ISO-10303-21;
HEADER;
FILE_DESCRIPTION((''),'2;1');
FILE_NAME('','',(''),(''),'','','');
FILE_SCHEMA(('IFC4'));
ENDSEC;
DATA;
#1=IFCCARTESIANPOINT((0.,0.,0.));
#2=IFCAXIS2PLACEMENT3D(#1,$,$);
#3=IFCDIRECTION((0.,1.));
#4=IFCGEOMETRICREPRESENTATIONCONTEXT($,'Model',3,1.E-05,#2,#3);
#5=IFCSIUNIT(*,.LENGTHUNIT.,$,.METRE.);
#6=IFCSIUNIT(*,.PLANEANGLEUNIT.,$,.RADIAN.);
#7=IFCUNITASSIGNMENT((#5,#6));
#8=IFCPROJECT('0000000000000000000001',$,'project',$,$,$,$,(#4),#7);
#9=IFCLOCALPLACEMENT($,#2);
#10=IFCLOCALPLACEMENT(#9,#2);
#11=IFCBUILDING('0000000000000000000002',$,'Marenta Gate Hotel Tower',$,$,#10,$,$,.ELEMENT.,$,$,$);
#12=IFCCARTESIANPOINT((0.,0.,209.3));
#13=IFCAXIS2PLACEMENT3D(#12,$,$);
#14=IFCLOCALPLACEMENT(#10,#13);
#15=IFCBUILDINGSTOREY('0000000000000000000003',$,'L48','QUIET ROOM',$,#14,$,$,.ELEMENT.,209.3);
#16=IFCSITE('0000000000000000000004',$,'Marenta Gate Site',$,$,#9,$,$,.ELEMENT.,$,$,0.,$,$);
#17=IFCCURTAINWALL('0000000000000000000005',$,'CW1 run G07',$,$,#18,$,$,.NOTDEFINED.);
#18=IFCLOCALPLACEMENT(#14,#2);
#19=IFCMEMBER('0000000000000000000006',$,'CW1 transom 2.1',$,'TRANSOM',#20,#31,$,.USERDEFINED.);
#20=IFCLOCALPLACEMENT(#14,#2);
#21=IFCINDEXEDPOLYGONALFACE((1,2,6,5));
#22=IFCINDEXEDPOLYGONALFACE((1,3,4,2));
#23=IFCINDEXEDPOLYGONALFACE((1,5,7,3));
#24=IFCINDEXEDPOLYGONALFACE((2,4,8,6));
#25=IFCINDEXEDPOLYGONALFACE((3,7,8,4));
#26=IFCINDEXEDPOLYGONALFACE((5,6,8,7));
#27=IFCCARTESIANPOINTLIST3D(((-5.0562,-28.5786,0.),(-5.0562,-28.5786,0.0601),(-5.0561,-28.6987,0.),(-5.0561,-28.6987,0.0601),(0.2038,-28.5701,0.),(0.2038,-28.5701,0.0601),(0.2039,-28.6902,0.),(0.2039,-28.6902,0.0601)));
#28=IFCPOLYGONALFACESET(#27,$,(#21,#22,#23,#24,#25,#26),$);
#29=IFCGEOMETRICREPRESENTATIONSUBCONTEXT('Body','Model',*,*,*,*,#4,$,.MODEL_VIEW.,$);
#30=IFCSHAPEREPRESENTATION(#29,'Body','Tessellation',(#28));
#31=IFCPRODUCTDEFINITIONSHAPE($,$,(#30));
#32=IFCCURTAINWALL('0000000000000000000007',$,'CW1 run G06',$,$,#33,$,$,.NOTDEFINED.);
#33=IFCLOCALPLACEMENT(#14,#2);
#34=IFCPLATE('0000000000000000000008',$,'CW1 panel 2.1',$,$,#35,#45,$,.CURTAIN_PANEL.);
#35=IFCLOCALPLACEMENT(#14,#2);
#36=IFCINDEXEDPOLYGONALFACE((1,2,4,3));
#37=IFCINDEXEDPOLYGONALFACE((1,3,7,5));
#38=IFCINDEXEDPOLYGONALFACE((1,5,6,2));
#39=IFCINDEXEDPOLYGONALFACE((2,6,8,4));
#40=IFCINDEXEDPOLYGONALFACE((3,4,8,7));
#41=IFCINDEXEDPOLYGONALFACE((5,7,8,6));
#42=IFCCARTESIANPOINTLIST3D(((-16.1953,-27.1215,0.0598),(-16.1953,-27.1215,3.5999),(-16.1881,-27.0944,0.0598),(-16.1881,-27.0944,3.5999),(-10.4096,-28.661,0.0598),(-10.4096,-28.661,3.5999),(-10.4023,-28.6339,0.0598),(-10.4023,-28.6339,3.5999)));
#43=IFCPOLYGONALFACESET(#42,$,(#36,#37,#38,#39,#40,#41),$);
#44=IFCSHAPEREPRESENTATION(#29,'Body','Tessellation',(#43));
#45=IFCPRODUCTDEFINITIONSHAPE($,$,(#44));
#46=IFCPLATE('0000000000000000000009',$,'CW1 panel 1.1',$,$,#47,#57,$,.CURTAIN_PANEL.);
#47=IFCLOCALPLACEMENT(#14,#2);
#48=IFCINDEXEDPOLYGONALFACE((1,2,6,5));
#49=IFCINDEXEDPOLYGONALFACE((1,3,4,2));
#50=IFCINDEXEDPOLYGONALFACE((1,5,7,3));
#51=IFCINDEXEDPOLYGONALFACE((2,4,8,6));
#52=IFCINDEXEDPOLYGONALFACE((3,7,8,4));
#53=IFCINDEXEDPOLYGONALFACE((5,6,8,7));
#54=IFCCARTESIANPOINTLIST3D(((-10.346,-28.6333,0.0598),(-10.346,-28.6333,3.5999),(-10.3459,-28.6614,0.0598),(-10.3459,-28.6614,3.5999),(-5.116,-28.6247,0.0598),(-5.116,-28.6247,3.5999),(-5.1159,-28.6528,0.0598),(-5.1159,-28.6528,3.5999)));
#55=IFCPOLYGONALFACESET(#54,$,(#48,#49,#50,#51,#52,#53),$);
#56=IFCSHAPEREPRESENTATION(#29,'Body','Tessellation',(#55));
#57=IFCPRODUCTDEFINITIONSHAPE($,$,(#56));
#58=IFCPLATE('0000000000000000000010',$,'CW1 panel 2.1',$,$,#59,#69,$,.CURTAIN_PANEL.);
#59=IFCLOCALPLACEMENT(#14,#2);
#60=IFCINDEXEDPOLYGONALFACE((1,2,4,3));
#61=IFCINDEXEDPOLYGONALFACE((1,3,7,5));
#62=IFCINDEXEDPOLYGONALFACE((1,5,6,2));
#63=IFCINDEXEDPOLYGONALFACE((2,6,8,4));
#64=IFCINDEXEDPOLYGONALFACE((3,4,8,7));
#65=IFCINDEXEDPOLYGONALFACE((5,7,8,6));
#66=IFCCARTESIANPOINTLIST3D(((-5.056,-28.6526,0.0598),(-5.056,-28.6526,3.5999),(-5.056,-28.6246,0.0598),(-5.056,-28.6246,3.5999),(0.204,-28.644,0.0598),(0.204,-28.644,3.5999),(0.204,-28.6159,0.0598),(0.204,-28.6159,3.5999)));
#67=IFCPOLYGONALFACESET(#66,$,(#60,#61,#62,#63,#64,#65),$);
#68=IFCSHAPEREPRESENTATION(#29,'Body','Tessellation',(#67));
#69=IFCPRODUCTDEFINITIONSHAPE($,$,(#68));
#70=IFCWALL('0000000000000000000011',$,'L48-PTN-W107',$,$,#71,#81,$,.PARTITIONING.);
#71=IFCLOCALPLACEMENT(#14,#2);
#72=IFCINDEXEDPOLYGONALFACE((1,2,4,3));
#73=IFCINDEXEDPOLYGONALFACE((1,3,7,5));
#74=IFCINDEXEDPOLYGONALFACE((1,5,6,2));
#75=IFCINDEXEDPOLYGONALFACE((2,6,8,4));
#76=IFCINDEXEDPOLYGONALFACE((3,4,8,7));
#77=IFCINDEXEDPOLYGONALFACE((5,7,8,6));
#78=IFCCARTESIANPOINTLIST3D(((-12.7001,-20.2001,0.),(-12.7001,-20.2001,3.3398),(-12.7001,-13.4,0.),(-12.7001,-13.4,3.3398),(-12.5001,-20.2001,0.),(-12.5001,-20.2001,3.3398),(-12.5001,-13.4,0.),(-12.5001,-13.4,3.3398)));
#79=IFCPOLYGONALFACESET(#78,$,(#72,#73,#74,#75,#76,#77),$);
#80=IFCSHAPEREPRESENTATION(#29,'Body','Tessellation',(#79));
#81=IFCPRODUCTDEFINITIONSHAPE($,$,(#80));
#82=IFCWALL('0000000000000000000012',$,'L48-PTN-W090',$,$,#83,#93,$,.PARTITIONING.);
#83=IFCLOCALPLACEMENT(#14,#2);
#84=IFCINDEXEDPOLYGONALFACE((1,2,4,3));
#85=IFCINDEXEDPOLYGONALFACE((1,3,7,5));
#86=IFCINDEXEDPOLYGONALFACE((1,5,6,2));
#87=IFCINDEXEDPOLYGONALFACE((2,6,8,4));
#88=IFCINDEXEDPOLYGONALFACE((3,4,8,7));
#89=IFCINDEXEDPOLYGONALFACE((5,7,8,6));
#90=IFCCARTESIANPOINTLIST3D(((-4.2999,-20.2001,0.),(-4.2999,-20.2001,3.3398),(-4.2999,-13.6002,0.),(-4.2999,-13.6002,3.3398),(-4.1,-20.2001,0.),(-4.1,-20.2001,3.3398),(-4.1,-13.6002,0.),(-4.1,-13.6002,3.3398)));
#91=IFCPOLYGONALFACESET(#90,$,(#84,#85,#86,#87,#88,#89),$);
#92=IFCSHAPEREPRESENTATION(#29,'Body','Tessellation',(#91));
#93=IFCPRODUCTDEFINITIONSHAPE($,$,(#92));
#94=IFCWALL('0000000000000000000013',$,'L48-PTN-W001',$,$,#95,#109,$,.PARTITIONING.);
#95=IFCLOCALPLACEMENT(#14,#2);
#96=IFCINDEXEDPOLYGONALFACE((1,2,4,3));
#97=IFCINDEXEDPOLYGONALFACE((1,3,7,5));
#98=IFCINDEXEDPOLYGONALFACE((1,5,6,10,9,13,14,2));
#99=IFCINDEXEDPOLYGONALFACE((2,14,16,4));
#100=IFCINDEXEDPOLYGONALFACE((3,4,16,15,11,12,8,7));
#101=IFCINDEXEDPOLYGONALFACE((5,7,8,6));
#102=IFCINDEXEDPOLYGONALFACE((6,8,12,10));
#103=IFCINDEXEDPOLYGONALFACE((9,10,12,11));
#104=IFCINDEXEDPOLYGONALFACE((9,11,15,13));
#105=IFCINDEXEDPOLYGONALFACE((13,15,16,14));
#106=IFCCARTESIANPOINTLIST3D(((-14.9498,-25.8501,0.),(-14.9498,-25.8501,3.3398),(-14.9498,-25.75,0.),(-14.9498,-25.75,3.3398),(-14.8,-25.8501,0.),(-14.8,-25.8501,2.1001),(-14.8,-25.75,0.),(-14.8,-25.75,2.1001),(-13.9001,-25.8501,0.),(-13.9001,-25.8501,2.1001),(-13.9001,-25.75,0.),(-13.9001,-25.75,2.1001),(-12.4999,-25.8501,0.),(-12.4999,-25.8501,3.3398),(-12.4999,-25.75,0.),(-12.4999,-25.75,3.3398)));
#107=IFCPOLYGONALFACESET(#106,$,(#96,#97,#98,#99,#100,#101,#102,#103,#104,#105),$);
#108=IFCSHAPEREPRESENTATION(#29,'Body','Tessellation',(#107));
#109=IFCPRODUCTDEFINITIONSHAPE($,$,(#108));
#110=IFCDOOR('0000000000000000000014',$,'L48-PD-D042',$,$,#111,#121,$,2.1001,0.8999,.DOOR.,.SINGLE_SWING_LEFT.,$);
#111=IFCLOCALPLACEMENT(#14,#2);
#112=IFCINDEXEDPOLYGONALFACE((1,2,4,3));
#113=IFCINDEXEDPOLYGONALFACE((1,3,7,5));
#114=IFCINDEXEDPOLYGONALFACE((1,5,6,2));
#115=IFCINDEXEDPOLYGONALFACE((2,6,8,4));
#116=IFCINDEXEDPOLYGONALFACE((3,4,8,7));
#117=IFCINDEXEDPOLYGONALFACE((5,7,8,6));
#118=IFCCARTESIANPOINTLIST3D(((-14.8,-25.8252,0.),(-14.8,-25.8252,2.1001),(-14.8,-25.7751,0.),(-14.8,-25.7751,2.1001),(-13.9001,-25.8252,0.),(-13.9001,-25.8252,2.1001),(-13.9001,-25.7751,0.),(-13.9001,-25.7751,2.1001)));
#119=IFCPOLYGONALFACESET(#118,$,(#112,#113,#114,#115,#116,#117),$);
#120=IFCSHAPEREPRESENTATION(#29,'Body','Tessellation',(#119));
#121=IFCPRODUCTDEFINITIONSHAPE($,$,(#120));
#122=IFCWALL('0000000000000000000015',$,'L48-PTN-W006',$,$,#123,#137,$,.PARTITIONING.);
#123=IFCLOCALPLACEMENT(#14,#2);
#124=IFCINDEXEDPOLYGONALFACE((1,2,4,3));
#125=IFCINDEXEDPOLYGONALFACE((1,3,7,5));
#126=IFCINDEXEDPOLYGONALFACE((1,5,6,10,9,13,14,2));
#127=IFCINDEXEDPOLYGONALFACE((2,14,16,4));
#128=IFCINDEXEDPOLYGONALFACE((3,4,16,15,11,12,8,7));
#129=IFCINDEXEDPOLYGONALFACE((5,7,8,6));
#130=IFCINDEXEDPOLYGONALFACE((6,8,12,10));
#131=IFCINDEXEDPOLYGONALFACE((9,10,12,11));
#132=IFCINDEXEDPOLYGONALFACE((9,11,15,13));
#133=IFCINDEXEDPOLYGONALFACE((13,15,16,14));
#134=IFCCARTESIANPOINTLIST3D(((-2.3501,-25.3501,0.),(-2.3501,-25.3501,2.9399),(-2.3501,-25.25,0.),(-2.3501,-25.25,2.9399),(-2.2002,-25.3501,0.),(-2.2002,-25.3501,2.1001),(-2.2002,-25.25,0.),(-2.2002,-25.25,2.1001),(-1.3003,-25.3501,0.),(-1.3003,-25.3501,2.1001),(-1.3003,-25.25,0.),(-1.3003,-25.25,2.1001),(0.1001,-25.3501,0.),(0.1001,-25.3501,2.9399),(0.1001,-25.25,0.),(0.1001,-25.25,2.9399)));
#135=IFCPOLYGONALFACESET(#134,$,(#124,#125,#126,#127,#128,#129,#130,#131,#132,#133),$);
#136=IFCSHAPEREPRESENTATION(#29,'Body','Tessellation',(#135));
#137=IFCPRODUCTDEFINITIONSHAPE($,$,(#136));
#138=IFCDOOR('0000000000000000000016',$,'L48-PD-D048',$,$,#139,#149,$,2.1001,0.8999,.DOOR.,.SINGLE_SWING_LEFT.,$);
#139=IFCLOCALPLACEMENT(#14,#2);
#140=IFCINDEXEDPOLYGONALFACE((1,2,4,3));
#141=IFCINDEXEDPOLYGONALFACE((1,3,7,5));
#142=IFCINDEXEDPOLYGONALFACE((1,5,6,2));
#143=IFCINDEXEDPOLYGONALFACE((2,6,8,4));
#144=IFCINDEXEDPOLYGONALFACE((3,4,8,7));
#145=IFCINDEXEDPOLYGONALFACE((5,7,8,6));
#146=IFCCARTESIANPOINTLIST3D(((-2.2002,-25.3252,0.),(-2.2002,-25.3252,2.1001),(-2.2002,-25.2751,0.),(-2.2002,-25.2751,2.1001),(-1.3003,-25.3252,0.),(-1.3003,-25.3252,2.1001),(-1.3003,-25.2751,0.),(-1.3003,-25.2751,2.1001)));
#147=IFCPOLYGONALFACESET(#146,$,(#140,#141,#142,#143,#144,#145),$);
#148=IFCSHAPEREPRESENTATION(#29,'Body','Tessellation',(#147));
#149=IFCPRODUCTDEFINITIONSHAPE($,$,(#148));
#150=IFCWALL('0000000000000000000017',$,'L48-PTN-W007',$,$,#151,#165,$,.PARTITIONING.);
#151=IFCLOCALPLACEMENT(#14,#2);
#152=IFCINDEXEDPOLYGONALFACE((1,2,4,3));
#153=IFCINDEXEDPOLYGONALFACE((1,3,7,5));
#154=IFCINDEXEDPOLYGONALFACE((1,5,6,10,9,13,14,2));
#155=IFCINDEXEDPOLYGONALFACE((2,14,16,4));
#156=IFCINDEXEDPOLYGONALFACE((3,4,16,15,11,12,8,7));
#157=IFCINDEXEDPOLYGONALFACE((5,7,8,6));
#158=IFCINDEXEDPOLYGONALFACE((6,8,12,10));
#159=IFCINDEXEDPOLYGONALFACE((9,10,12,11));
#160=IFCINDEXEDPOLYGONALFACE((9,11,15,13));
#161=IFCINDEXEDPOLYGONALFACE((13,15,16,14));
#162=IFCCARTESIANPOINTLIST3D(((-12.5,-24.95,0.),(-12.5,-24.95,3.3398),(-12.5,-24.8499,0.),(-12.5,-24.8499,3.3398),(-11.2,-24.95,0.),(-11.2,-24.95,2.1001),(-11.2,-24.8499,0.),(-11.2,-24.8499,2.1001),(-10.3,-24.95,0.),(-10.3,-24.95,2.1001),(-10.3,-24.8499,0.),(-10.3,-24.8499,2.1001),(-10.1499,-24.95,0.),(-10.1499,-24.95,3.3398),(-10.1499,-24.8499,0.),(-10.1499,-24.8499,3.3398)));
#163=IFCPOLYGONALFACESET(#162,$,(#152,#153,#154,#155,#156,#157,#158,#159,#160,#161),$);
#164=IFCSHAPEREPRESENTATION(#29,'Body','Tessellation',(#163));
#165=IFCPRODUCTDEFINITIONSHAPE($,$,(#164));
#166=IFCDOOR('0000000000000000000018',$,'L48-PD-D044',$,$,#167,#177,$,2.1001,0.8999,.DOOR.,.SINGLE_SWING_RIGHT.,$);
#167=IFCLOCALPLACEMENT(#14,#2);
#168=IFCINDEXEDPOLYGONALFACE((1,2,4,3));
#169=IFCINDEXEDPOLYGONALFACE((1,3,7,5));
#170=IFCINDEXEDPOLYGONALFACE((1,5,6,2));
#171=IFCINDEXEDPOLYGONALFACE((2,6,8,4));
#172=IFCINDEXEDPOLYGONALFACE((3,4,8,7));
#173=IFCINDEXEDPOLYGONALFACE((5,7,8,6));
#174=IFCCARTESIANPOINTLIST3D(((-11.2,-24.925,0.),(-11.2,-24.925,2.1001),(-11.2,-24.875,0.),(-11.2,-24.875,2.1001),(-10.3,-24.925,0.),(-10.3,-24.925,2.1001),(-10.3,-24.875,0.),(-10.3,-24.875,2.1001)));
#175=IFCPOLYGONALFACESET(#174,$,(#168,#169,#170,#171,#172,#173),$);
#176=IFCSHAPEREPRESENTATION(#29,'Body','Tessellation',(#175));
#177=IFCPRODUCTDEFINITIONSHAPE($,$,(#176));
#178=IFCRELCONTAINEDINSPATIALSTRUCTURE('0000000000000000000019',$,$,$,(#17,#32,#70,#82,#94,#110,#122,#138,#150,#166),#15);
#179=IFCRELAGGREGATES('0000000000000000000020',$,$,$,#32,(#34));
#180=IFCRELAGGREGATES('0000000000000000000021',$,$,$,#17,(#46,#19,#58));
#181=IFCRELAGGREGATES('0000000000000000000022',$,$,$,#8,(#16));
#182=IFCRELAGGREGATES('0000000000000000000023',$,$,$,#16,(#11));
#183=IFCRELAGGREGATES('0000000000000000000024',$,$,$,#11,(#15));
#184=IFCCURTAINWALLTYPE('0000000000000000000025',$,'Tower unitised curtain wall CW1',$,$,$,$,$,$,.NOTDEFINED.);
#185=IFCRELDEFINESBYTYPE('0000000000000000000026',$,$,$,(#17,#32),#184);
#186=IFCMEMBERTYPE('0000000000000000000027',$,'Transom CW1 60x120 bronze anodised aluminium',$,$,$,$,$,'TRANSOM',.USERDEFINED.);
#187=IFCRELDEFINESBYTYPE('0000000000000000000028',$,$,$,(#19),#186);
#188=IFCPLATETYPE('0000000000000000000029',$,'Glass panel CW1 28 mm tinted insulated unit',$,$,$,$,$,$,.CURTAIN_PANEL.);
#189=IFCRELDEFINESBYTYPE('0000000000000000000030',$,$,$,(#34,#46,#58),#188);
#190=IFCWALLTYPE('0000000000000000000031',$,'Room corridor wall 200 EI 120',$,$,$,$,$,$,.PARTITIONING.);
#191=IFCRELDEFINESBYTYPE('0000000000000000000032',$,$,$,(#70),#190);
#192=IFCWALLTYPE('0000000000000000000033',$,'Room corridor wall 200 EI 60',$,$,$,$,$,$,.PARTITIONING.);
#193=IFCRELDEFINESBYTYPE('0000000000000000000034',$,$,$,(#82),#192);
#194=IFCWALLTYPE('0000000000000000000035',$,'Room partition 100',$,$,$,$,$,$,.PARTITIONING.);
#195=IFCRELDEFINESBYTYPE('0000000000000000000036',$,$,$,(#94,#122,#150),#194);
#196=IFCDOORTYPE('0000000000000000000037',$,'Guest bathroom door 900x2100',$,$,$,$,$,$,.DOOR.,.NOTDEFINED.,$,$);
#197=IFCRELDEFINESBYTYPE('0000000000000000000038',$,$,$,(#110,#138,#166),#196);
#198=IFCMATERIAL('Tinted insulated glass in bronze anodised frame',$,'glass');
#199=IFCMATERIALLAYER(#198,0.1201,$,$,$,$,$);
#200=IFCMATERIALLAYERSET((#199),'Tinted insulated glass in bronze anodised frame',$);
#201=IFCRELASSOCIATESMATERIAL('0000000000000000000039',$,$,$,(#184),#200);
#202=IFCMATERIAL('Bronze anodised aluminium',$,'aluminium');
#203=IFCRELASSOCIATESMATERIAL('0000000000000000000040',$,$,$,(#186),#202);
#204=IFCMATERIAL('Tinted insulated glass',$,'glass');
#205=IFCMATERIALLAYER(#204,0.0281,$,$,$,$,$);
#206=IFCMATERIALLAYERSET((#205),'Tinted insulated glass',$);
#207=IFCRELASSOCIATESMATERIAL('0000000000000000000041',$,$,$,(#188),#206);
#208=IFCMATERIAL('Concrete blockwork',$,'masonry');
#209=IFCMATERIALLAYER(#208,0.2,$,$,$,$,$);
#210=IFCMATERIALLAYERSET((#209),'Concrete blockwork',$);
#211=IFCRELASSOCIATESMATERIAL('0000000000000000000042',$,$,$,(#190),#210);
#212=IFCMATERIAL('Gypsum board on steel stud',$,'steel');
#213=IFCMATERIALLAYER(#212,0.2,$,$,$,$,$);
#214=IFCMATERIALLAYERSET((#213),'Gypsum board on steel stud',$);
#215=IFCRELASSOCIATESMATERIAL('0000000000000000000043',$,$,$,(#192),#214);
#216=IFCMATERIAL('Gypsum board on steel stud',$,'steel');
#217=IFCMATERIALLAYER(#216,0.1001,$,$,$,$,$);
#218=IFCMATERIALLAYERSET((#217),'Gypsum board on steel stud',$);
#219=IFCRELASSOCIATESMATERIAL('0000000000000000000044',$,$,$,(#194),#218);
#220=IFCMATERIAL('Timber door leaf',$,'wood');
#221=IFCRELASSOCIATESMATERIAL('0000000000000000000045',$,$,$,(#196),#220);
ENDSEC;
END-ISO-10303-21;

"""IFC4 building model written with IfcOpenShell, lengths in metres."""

from ifc_helpers import new_model, si_unit, direction, frame, frame_2d, origin, origin_2d, place, context, subcontext, project, spatial, rectangle, extrude, material, layer, layer_set, material_profile, profile_set, type_object, element, fill, aggregate, save


model = new_model("IFC4")

# Units and contexts
model_context = context("Model", 3, precision=1e-05, world=origin(), true_north=direction((0.0, 1.0)))
body_context = subcontext(model_context, "Body", "Model", "MODEL_VIEW")
ifc_project = project(units=[si_unit("LENGTHUNIT", "METRE"), si_unit("PLANEANGLEUNIT", "RADIAN")], contexts=[model_context])

# Site, building, storey
site_placement = place(None, origin())
site = spatial("IfcSite", under=ifc_project, at=site_placement, Name="Marenta Gate Site", CompositionType="ELEMENT", RefElevation=0.0)
building_placement = place(site_placement, origin())
building = spatial("IfcBuilding", under=site, at=building_placement, Name="Marenta Gate Hotel Tower", CompositionType="ELEMENT")
storey_placement = place(building_placement, frame((0.0, 0.0, 209.3)))
storey = spatial("IfcBuildingStorey", under=building, at=storey_placement, Name="L48", Description="QUIET ROOM", CompositionType="ELEMENT", Elevation=209.3)

# Curtain wall, member
ifc_material_1 = material(Name="Tinted insulated glass in bronze anodised frame", Category="glass")
ifc_layer_1 = layer(ifc_material_1, 0.1201)
ifc_layer_set_1 = layer_set([ifc_layer_1], Name="Tinted insulated glass in bronze anodised frame")
curtain_wall_type = type_object("IfcCurtainWallType", Name="Tower unitised curtain wall CW1", PredefinedType="NOTDEFINED", material=ifc_layer_set_1)
curtain_wall_1_placement = place(storey_placement, origin())
curtain_wall_1 = element("IfcCurtainWall", 1, at=curtain_wall_1_placement, inside=storey, type_object=curtain_wall_type, Name="CW1 run G07", PredefinedType="NOTDEFINED")
ifc_material_2 = material(Name="Bronze anodised aluminium", Category="aluminium")
ifc_material_profile_1 = material_profile(ifc_material_2, rectangle(XDim=0.1201, YDim=0.0601, at=origin_2d()), Name="Transom CW1 60x120 bronze anodised aluminium")
ifc_profile_set_1 = profile_set([ifc_material_profile_1], Name="Bronze anodised aluminium")
member_type_1 = type_object("IfcMemberType", Name="Transom CW1 60x120 bronze anodised aluminium", ElementType="TRANSOM", PredefinedType="USERDEFINED", material=ifc_profile_set_1)
member_1_placement = place(storey_placement, frame((-5.0562, -28.6387, 0.03), z_axis=(0.999999, 0.001625, 0.0), x_axis=(-0.001625, 0.999999, 0.0)))
member_1 = element("IfcMember", 2, at=member_1_placement, type_object=member_type_1, Name="CW1 transom 2.1", ObjectType="TRANSOM", PredefinedType="USERDEFINED", context=body_context, shape_type="SweptSolid", body=[
    extrude(rectangle(XDim=0.1201, YDim=0.0601, at=origin_2d()), origin(), (0.0, 0.0, 1.0), 5.26),
])

# Curtain wall, plate
curtain_wall_2_placement = place(storey_placement, origin())
curtain_wall_2 = element("IfcCurtainWall", 3, at=curtain_wall_2_placement, inside=storey, type_object=curtain_wall_type, Name="CW1 run G06", PredefinedType="NOTDEFINED")
ifc_material_3 = material(Name="Tinted insulated glass", Category="glass")
ifc_layer_2 = layer(ifc_material_3, 0.0281)
ifc_layer_set_2 = layer_set([ifc_layer_2], Name="Tinted insulated glass")
plate_type = type_object("IfcPlateType", Name="Glass panel CW1 28 mm tinted insulated unit", PredefinedType="CURTAIN_PANEL", material=ifc_layer_set_2)
plate_1_placement = place(storey_placement, frame((-13.2988, -27.8777, 0.0598), z_axis=(0.0, 0.0, 1.0), x_axis=(0.966374, -0.257139, 0.0)))
plate_1 = element("IfcPlate", 4, at=plate_1_placement, type_object=plate_type, Name="CW1 panel 2.1", PredefinedType="CURTAIN_PANEL", context=body_context, shape_type="SweptSolid", body=[
    extrude(rectangle(XDim=5.9871, YDim=0.0281, at=origin_2d()), origin(), (0.0, 0.0, 1.0), 3.54),
])
aggregate(curtain_wall_2, [plate_1])

# Plates
plate_2_placement = place(storey_placement, frame((-7.731, -28.6431, 0.0598), z_axis=(0.0, 0.0, 1.0), x_axis=(0.999999, 0.001645, 0.0)))
plate_2 = element("IfcPlate", 5, at=plate_2_placement, type_object=plate_type, Name="CW1 panel 1.1", PredefinedType="CURTAIN_PANEL", context=body_context, shape_type="SweptSolid", body=[
    extrude(rectangle(XDim=5.23, YDim=0.0281, at=origin_2d()), origin(), (0.0, 0.0, 1.0), 3.54),
])
plate_3_placement = place(storey_placement, frame((-2.426, -28.6343, 0.0598), z_axis=(0.0, 0.0, 1.0), x_axis=(0.999999, 0.001645, 0.0)))
plate_3 = element("IfcPlate", 6, at=plate_3_placement, type_object=plate_type, Name="CW1 panel 2.1", PredefinedType="CURTAIN_PANEL", context=body_context, shape_type="SweptSolid", body=[
    extrude(rectangle(XDim=5.26, YDim=0.0281, at=origin_2d()), origin(), (0.0, 0.0, 1.0), 3.54),
])
aggregate(curtain_wall_1, [plate_2, member_1, plate_3])

# Walls
ifc_material_4 = material(Name="Concrete blockwork", Category="masonry")
ifc_layer_3 = layer(ifc_material_4, 0.2)
ifc_layer_set_3 = layer_set([ifc_layer_3], Name="Concrete blockwork")
wall_type_1 = type_object("IfcWallType", Name="Room corridor wall 200 EI 120", PredefinedType="PARTITIONING", material=ifc_layer_set_3)
wall_1_placement = place(storey_placement, frame((-12.6001, -20.2, 0.0), z_axis=(0.0, 0.0, 1.0), x_axis=(0.0, 1.0, 0.0)))
element("IfcWall", 7, at=wall_1_placement, inside=storey, type_object=wall_type_1, Name="L48-PTN-W107", PredefinedType="PARTITIONING", context=body_context, shape_type="SweptSolid", body=[
    extrude(rectangle(XDim=6.8, YDim=0.2, at=frame_2d((3.3999, 0.0))), origin(), (0.0, 0.0, 1.0), 3.3398),
])
ifc_material_5 = material(Name="Gypsum board on steel stud", Category="steel")
ifc_layer_4 = layer(ifc_material_5, 0.2)
ifc_layer_set_4 = layer_set([ifc_layer_4], Name="Gypsum board on steel stud")
wall_type_2 = type_object("IfcWallType", Name="Room corridor wall 200 EI 60", PredefinedType="PARTITIONING", material=ifc_layer_set_4)
wall_2_placement = place(storey_placement, frame((-4.2, -20.2, 0.0), z_axis=(0.0, 0.0, 1.0), x_axis=(0.0, 1.0, 0.0)))
element("IfcWall", 8, at=wall_2_placement, inside=storey, type_object=wall_type_2, Name="L48-PTN-W090", PredefinedType="PARTITIONING", context=body_context, shape_type="SweptSolid", body=[
    extrude(rectangle(XDim=6.5999, YDim=0.2, at=frame_2d((3.2998, 0.0))), origin(), (0.0, 0.0, 1.0), 3.3398),
])

# Walls, openings, doors
ifc_material_6 = material(Name="Gypsum board on steel stud", Category="steel")
ifc_layer_5 = layer(ifc_material_6, 0.1001)
ifc_layer_set_5 = layer_set([ifc_layer_5], Name="Gypsum board on steel stud")
wall_type_3 = type_object("IfcWallType", Name="Room partition 100", PredefinedType="PARTITIONING", material=ifc_layer_set_5)
wall_3_placement = place(storey_placement, frame((-14.95, -25.8, 0.0), z_axis=(0.0, 0.0, 1.0), x_axis=(1.0, 0.0, 0.0)))
wall_3 = element("IfcWall", 9, at=wall_3_placement, inside=storey, type_object=wall_type_3, Name="L48-PTN-W001", PredefinedType="PARTITIONING", context=body_context, shape_type="SweptSolid", body=[
    extrude(rectangle(XDim=2.45, YDim=0.1001, at=frame_2d((1.2251, 0.0))), origin(), (0.0, 0.0, 1.0), 3.3398),
])
opening_1_placement = place(wall_3_placement, frame((0.1499, 0.0, 0.0)))
opening_1 = element("IfcOpeningElement", 10, at=opening_1_placement, cuts=wall_3, PredefinedType="OPENING", context=body_context, shape_type="SweptSolid", body=[
    extrude(rectangle(XDim=0.8999, YDim=2.1001, at=frame_2d((0.45, 1.05))), frame((0.0, 0.05, 0.0), z_axis=(0.0, -1.0, 0.0), x_axis=(1.0, 0.0, 0.0)), (0.0, 0.0, 1.0), 0.1001),
])
ifc_material_7 = material(Name="Timber door leaf", Category="wood")
door_type = type_object("IfcDoorType", Name="Guest bathroom door 900x2100", OperationType="NOTDEFINED", PredefinedType="DOOR", material=ifc_material_7)
door_1_placement = place(opening_1_placement, origin())
door_1 = element("IfcDoor", 11, at=door_1_placement, inside=storey, type_object=door_type, Name="L48-PD-D042", OperationType="SINGLE_SWING_LEFT", OverallHeight=2.1001, OverallWidth=0.8999, PredefinedType="DOOR", context=body_context, shape_type="SweptSolid", body=[
    extrude(rectangle(XDim=0.8999, YDim=2.1001, at=frame_2d((0.45, 1.05))), frame((0.0, 0.0249, 0.0), z_axis=(0.0, -1.0, 0.0), x_axis=(1.0, 0.0, 0.0)), (0.0, 0.0, 1.0), 0.05),
])
fill(opening_1, door_1)
wall_4_placement = place(storey_placement, frame((-2.3501, -25.3, 0.0), z_axis=(0.0, 0.0, 1.0), x_axis=(1.0, 0.0, 0.0)))
wall_4 = element("IfcWall", 12, at=wall_4_placement, inside=storey, type_object=wall_type_3, Name="L48-PTN-W006", PredefinedType="PARTITIONING", context=body_context, shape_type="SweptSolid", body=[
    extrude(rectangle(XDim=2.4502, YDim=0.1001, at=frame_2d((1.2251, 0.0))), origin(), (0.0, 0.0, 1.0), 2.9399),
])
opening_2_placement = place(wall_4_placement, frame((0.1499, 0.0, 0.0)))
opening_2 = element("IfcOpeningElement", 13, at=opening_2_placement, cuts=wall_4, PredefinedType="OPENING", context=body_context, shape_type="SweptSolid", body=[
    extrude(rectangle(XDim=0.8999, YDim=2.1001, at=frame_2d((0.45, 1.05))), frame((0.0, 0.05, 0.0), z_axis=(0.0, -1.0, 0.0), x_axis=(1.0, 0.0, 0.0)), (0.0, 0.0, 1.0), 0.1001),
])
door_2_placement = place(opening_2_placement, origin())
door_2 = element("IfcDoor", 14, at=door_2_placement, inside=storey, type_object=door_type, Name="L48-PD-D048", OperationType="SINGLE_SWING_LEFT", OverallHeight=2.1001, OverallWidth=0.8999, PredefinedType="DOOR", context=body_context, shape_type="SweptSolid", body=[
    extrude(rectangle(XDim=0.8999, YDim=2.1001, at=frame_2d((0.45, 1.05))), frame((0.0, 0.0249, 0.0), z_axis=(0.0, -1.0, 0.0), x_axis=(1.0, 0.0, 0.0)), (0.0, 0.0, 1.0), 0.05),
])
fill(opening_2, door_2)
wall_5_placement = place(storey_placement, frame((-12.5, -24.8999, 0.0), z_axis=(0.0, 0.0, 1.0), x_axis=(1.0, 0.0, 0.0)))
wall_5 = element("IfcWall", 15, at=wall_5_placement, inside=storey, type_object=wall_type_3, Name="L48-PTN-W007", PredefinedType="PARTITIONING", context=body_context, shape_type="SweptSolid", body=[
    extrude(rectangle(XDim=2.3501, YDim=0.1001, at=frame_2d((1.175, 0.0))), origin(), (0.0, 0.0, 1.0), 3.3398),
])
opening_3_placement = place(wall_5_placement, frame((1.3, 0.0, 0.0)))
opening_3 = element("IfcOpeningElement", 16, at=opening_3_placement, cuts=wall_5, PredefinedType="OPENING", context=body_context, shape_type="SweptSolid", body=[
    extrude(rectangle(XDim=0.8999, YDim=2.1001, at=frame_2d((0.45, 1.05))), frame((0.0, 0.05, 0.0), z_axis=(0.0, -1.0, 0.0), x_axis=(1.0, 0.0, 0.0)), (0.0, 0.0, 1.0), 0.1001),
])
door_3_placement = place(opening_3_placement, origin())
door_3 = element("IfcDoor", 17, at=door_3_placement, inside=storey, type_object=door_type, Name="L48-PD-D044", OperationType="SINGLE_SWING_RIGHT", OverallHeight=2.1001, OverallWidth=0.8999, PredefinedType="DOOR", context=body_context, shape_type="SweptSolid", body=[
    extrude(rectangle(XDim=0.8999, YDim=2.1001, at=frame_2d((0.45, 1.05))), frame((0.0, 0.0249, 0.0), z_axis=(0.0, -1.0, 0.0), x_axis=(1.0, 0.0, 0.0)), (0.0, 0.0, 1.0), 0.05),
])
fill(opening_3, door_3)

save(model, "model.ifc")
